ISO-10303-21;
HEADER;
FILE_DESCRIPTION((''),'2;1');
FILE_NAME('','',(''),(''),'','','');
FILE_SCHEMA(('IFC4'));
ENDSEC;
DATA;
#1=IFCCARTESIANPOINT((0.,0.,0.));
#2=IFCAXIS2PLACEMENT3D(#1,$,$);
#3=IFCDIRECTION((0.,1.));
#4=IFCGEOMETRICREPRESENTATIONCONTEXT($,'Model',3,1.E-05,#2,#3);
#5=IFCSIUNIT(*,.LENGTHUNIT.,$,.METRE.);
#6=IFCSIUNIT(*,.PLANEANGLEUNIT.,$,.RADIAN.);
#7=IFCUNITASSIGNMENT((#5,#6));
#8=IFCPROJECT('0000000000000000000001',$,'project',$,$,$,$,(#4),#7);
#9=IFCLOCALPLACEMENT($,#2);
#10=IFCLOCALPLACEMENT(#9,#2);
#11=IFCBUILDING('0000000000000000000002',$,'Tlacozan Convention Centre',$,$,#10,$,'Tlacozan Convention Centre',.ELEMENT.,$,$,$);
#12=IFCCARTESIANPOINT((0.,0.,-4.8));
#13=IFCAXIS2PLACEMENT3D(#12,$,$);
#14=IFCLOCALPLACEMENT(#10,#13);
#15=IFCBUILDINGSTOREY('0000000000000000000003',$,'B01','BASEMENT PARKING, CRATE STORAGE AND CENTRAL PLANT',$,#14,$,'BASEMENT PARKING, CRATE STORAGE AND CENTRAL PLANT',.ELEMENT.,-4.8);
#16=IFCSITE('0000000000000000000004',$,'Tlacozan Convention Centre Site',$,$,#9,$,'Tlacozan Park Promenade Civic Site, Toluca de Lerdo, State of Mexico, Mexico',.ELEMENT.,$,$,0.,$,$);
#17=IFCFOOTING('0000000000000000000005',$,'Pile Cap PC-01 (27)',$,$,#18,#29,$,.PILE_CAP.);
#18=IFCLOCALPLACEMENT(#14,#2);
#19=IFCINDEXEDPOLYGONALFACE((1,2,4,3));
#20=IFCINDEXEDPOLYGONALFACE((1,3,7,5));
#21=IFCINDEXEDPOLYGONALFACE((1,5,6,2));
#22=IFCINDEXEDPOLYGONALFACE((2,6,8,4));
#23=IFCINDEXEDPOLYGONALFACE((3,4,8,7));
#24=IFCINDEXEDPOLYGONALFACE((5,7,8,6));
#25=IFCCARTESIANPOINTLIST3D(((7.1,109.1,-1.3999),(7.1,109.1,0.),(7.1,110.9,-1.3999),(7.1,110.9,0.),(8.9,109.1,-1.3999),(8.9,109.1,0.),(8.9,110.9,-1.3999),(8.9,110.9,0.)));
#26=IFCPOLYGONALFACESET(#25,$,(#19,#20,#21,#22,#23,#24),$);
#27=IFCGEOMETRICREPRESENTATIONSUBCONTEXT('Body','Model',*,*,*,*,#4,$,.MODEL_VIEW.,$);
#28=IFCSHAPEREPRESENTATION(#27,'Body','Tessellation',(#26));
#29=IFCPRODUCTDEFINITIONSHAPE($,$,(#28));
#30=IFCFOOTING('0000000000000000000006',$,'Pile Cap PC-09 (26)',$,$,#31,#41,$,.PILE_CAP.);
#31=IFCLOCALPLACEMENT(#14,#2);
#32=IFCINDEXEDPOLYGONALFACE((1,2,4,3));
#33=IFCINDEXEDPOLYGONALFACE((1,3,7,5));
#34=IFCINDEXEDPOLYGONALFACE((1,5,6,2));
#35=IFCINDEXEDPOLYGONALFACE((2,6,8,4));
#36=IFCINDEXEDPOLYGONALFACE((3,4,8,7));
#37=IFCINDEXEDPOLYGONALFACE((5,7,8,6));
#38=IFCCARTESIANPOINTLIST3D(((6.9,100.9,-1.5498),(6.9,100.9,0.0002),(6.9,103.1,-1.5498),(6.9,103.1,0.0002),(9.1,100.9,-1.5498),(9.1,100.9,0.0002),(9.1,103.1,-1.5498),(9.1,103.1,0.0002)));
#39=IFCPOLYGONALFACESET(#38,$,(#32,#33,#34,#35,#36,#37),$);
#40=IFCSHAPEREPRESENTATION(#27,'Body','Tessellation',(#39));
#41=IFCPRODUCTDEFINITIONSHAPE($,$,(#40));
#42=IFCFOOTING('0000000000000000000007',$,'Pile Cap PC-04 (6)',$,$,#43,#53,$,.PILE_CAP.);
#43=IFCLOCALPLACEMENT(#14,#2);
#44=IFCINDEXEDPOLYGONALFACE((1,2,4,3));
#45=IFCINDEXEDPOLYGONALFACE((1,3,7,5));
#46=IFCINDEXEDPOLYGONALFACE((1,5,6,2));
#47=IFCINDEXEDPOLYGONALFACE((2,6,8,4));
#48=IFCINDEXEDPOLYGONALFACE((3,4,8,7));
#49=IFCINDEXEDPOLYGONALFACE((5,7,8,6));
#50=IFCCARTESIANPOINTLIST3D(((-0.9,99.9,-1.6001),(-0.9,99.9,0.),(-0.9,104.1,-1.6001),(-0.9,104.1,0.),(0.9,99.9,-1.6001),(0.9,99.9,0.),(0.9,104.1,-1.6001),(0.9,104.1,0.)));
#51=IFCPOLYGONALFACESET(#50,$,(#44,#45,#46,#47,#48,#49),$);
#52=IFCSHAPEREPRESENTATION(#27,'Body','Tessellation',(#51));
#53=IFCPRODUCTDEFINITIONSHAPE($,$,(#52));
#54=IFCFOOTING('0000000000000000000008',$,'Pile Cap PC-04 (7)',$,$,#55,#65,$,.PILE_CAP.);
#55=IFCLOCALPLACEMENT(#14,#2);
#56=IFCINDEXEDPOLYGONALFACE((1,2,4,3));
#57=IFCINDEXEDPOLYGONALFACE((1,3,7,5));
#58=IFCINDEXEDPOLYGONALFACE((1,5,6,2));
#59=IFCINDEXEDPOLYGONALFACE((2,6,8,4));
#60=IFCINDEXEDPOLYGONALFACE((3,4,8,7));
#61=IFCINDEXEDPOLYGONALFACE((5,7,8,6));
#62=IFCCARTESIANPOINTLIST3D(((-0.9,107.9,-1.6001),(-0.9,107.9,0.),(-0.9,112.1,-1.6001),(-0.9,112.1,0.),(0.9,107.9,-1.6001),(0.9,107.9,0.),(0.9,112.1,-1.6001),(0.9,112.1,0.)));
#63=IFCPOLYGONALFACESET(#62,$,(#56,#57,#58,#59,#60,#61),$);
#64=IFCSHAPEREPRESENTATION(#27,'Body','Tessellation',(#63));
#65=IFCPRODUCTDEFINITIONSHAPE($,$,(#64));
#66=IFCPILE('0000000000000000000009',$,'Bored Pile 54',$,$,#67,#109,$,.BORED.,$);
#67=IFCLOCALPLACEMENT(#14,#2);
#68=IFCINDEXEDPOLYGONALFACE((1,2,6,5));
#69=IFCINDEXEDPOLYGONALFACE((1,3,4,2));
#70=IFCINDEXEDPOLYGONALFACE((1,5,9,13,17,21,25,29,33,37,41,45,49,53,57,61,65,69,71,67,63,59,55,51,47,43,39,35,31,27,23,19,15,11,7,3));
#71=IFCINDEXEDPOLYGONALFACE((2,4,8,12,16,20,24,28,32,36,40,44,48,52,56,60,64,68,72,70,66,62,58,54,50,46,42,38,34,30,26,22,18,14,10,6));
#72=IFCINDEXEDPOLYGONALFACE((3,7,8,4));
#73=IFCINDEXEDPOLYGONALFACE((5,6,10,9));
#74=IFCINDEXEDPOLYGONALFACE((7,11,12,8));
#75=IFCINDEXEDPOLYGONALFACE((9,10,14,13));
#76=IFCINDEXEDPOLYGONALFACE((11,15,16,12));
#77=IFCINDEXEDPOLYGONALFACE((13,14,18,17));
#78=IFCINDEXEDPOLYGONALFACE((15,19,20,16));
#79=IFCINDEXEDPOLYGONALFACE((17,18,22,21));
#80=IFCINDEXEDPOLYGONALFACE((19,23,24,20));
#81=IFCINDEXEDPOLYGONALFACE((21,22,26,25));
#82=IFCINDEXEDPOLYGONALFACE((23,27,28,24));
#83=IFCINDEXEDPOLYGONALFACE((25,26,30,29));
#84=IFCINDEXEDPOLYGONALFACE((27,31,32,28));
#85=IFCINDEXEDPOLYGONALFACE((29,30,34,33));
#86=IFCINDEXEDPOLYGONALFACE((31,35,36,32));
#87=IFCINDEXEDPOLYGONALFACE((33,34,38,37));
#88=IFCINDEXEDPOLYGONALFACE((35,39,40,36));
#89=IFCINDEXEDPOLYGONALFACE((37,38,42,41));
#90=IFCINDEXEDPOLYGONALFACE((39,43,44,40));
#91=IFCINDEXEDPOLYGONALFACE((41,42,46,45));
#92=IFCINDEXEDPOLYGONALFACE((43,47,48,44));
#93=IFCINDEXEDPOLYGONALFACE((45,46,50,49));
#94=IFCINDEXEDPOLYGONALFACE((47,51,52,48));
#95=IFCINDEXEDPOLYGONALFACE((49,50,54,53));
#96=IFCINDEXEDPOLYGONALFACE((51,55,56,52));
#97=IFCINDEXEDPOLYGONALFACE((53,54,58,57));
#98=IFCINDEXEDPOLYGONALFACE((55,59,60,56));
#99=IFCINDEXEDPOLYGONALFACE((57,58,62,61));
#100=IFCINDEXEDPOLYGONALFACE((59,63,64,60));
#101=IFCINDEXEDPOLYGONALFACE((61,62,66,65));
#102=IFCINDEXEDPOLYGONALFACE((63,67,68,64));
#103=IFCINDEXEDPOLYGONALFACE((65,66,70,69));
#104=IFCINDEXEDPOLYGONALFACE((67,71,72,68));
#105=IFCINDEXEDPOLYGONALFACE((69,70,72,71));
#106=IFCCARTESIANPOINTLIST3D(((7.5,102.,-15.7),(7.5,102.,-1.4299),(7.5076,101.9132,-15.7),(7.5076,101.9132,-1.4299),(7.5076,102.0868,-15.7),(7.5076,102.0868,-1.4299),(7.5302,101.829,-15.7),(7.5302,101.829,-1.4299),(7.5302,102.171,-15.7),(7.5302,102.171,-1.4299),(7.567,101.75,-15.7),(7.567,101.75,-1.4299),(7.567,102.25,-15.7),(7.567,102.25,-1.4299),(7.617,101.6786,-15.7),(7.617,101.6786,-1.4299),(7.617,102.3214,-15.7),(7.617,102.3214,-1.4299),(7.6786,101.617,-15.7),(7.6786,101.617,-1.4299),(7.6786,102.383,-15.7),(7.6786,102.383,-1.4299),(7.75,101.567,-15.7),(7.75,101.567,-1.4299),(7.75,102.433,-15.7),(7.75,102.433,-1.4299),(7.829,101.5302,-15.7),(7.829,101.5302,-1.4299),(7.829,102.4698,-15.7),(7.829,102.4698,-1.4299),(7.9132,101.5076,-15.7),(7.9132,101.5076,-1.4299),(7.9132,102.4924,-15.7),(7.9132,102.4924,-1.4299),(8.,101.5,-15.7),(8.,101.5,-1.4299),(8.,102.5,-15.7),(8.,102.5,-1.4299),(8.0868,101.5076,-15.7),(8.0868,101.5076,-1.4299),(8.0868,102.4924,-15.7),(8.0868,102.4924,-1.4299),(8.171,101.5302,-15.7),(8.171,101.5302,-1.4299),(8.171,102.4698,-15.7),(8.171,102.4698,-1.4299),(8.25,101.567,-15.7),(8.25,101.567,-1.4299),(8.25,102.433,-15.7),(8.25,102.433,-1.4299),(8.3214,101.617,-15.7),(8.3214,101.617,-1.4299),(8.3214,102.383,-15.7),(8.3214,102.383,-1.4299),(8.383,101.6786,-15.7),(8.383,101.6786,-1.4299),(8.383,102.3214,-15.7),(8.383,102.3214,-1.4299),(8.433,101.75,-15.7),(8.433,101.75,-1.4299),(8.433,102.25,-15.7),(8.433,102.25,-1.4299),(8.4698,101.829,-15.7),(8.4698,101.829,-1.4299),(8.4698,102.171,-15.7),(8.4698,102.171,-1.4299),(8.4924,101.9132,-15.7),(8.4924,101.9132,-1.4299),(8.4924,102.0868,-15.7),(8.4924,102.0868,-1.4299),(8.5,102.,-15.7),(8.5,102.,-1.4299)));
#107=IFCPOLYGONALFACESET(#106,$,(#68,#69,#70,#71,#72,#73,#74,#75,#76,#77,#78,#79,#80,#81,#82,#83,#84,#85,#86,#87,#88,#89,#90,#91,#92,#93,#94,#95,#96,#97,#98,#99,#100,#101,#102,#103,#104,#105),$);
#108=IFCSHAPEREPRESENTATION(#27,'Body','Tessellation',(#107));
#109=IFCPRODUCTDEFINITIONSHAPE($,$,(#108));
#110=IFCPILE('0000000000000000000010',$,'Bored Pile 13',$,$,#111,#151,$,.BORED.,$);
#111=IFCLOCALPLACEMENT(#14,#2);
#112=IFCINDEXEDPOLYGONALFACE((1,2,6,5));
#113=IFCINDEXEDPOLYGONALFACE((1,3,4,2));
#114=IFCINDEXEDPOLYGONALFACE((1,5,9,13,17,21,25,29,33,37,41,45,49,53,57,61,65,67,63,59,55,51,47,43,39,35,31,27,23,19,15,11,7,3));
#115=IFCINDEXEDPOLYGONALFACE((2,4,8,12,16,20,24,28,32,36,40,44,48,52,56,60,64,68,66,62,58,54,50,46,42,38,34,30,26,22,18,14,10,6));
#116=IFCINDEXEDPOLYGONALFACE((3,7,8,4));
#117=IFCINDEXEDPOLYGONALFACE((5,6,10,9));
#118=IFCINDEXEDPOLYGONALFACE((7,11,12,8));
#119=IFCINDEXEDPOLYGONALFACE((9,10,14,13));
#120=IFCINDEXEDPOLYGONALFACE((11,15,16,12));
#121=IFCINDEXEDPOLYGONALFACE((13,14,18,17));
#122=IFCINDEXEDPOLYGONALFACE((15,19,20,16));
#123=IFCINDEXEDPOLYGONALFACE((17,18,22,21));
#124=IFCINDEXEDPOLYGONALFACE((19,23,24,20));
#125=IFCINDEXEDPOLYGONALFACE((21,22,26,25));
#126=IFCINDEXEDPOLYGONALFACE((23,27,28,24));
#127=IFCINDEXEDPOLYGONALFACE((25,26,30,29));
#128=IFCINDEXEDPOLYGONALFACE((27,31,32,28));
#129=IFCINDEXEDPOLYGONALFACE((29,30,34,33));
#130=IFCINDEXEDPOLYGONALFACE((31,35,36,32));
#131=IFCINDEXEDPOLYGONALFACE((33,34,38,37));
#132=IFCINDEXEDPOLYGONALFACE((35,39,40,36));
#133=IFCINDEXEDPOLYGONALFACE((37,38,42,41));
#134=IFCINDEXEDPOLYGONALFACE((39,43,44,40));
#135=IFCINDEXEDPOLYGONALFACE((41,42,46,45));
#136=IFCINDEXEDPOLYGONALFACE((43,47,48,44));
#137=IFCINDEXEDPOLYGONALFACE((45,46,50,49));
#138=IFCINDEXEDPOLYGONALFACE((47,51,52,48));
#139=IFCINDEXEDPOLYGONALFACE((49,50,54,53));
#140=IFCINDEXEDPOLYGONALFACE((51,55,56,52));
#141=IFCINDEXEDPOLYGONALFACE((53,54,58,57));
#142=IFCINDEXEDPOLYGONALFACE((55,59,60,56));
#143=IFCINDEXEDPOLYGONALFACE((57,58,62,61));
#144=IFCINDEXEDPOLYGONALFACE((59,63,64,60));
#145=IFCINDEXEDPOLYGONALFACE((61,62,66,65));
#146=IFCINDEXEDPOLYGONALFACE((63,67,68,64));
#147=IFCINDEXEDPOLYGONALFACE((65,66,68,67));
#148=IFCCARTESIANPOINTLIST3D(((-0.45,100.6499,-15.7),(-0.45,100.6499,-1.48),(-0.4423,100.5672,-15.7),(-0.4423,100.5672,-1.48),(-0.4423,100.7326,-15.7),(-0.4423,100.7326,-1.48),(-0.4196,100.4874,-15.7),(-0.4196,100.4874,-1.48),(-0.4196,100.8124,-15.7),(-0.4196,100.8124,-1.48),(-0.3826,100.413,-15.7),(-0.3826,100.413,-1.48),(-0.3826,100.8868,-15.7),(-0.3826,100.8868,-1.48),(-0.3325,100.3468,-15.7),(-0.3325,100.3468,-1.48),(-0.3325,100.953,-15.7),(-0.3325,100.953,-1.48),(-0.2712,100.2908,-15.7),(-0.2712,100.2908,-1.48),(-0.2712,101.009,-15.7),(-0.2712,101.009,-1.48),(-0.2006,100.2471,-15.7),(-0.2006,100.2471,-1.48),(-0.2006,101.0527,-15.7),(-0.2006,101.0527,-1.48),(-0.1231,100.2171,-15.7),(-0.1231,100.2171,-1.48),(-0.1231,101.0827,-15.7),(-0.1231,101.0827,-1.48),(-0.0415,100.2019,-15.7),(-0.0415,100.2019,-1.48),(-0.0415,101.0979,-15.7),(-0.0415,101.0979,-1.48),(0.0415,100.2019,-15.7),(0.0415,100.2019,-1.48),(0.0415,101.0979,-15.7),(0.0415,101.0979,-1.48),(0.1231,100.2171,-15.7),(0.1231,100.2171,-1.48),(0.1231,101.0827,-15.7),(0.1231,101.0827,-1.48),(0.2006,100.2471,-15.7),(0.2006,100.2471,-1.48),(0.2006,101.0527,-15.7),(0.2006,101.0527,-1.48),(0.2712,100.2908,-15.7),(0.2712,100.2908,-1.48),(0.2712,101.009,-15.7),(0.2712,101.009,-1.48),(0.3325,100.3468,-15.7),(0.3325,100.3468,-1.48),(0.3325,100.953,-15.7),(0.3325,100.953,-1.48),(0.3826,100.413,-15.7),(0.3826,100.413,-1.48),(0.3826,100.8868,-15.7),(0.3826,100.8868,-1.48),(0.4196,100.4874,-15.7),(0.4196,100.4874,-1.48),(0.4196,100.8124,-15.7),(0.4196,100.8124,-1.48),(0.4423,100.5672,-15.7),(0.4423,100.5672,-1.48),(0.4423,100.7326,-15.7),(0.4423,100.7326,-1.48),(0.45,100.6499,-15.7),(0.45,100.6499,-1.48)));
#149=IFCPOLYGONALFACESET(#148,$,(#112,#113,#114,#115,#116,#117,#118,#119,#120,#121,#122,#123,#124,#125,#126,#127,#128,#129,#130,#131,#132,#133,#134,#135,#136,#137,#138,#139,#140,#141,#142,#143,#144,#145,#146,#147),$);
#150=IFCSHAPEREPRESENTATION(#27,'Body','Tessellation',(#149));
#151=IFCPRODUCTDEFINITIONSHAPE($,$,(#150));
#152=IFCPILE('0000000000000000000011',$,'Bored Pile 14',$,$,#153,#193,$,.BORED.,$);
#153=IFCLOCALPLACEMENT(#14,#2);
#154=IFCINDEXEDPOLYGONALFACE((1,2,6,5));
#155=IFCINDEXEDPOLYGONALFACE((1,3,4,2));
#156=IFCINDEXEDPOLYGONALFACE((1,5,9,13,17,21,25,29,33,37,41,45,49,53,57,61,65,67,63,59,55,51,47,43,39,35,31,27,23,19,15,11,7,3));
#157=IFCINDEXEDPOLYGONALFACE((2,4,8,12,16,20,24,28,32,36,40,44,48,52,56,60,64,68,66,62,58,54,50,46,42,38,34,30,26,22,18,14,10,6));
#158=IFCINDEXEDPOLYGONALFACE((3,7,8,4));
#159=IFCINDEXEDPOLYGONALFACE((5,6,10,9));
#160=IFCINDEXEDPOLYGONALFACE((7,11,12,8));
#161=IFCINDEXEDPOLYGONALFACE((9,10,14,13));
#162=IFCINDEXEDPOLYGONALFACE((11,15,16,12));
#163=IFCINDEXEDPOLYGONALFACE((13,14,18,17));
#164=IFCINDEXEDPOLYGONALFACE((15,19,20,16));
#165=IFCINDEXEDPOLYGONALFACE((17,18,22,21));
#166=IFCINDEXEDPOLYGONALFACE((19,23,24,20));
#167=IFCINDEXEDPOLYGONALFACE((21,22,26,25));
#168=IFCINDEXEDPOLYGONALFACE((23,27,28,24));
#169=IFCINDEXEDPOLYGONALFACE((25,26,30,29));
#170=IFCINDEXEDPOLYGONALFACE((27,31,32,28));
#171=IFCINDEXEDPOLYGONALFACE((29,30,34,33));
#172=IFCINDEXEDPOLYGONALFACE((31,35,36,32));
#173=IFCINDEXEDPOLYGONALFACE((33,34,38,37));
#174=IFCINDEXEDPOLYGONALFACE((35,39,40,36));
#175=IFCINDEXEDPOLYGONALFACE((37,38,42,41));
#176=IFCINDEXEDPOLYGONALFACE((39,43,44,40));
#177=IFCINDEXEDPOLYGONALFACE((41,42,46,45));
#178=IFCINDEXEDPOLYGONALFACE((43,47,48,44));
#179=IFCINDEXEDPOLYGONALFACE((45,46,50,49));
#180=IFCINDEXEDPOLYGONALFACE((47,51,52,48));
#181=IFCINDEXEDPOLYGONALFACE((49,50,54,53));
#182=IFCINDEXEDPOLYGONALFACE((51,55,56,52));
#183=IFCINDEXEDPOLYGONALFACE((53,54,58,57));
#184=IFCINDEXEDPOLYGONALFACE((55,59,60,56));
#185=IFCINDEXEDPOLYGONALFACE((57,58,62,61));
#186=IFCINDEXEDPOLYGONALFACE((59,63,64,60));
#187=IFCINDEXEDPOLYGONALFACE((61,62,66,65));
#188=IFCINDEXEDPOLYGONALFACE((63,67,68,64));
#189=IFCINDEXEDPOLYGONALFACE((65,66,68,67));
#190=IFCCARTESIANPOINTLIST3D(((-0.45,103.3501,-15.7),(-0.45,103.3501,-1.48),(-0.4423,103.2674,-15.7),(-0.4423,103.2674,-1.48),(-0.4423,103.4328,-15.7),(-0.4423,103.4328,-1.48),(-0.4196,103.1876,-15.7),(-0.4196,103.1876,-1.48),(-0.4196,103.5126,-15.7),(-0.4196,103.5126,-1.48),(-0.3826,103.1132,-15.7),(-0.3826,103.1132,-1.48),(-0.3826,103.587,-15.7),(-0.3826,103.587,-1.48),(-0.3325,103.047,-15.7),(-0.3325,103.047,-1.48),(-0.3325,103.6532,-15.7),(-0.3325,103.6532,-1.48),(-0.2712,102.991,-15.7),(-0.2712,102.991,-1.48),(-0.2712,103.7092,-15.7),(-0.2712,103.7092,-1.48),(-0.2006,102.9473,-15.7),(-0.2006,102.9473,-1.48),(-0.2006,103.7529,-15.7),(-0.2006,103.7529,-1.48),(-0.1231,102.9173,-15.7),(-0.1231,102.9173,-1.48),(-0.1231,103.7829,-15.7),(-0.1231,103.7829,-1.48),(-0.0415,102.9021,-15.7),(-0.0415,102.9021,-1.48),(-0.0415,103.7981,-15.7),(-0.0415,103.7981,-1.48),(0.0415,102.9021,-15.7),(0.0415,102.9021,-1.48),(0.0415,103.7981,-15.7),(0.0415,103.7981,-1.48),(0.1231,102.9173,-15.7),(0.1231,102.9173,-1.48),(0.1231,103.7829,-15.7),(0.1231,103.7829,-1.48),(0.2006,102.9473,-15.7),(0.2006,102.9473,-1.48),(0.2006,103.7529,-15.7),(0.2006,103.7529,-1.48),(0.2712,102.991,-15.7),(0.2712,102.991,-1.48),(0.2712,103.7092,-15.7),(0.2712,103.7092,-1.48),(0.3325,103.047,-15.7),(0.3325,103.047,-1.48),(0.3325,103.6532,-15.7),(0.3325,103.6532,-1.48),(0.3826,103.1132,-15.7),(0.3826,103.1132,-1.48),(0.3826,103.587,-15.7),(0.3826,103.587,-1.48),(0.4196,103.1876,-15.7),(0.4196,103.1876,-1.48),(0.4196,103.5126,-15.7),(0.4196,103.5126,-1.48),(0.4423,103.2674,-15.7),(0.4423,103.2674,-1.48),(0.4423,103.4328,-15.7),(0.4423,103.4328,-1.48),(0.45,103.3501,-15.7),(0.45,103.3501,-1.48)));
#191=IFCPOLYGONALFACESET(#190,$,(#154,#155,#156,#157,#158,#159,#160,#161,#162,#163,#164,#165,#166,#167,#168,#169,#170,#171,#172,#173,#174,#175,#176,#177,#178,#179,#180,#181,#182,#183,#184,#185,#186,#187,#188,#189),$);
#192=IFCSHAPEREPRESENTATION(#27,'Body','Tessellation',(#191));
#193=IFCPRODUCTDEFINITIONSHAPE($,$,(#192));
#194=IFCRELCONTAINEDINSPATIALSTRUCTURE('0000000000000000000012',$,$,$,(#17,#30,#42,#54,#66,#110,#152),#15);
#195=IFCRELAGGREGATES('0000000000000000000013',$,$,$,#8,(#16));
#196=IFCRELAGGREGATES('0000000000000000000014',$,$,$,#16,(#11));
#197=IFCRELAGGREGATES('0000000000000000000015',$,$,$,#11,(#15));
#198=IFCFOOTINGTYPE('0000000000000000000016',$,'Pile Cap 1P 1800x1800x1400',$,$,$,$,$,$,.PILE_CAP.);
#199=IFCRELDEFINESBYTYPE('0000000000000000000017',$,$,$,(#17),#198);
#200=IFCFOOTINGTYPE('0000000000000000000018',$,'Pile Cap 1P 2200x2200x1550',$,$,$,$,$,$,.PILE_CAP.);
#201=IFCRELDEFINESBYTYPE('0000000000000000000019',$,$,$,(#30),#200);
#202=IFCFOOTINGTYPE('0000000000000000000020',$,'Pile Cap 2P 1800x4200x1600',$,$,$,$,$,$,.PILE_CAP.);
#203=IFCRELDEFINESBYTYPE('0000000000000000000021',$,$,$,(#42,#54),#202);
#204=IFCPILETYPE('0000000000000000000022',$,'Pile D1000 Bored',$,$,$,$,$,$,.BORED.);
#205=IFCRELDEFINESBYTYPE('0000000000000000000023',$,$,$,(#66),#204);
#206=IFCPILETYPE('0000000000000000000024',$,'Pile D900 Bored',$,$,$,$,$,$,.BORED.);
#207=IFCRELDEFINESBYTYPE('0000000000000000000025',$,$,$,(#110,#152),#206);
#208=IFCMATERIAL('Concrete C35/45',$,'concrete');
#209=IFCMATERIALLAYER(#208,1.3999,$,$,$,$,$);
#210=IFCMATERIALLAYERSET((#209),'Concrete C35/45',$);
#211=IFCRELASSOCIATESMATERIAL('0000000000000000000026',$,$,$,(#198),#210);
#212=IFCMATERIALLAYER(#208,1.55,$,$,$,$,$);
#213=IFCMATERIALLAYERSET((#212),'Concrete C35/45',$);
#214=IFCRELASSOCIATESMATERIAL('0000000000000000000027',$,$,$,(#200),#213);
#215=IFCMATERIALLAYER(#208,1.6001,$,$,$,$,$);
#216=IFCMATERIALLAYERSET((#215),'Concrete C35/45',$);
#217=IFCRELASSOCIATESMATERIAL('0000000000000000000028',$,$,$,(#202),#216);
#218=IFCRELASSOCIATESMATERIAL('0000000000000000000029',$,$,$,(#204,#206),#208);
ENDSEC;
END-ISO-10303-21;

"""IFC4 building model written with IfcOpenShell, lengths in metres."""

from ifc_helpers import new_model, si_unit, direction, frame, origin, origin_2d, place, context, subcontext, project, spatial, rectangle, circle, extrude, material, layer, layer_set, material_profile, profile_set, type_object, element, save


model = new_model("IFC4")

# Units and contexts
model_context = context("Model", 3, precision=1e-05, world=origin(), true_north=direction((0.0, 1.0)))
body_context = subcontext(model_context, "Body", "Model", "MODEL_VIEW")
ifc_project = project(units=[si_unit("LENGTHUNIT", "METRE"), si_unit("PLANEANGLEUNIT", "RADIAN")], contexts=[model_context])

# Site, building, storey
site_placement = place(None, origin())
site = spatial("IfcSite", under=ifc_project, at=site_placement, Name="Tlacozan Convention Centre Site", LongName="Tlacozan Park Promenade Civic Site, Toluca de Lerdo, State of Mexico, Mexico", CompositionType="ELEMENT", RefElevation=0.0)
building_placement = place(site_placement, origin())
building = spatial("IfcBuilding", under=site, at=building_placement, Name="Tlacozan Convention Centre", LongName="Tlacozan Convention Centre", CompositionType="ELEMENT")
storey_placement = place(building_placement, frame((0.0, 0.0, -4.8)))
storey = spatial("IfcBuildingStorey", under=building, at=storey_placement, Name="B01", Description="BASEMENT PARKING, CRATE STORAGE AND CENTRAL PLANT", LongName="BASEMENT PARKING, CRATE STORAGE AND CENTRAL PLANT", CompositionType="ELEMENT", Elevation=-4.8)

# Footings
ifc_material_1 = material(Name="Concrete C35/45", Category="concrete")
ifc_layer_1 = layer(ifc_material_1, 1.3999)
ifc_layer_set_1 = layer_set([ifc_layer_1], Name="Concrete C35/45")
footing_type_1 = type_object("IfcFootingType", Name="Pile Cap 1P 1800x1800x1400", PredefinedType="PILE_CAP", material=ifc_layer_set_1)
footing_1_placement = place(storey_placement, frame((8.0, 110.0, -1.3999), z_axis=(0.0, 0.0, 1.0), x_axis=(1.0, 0.0, 0.0)))
element("IfcFooting", 1, at=footing_1_placement, inside=storey, type_object=footing_type_1, Name="Pile Cap PC-01 (27)", PredefinedType="PILE_CAP", context=body_context, shape_type="SweptSolid", body=[
    extrude(rectangle(XDim=1.8, YDim=1.8, at=origin_2d()), origin(), (0.0, 0.0, 1.0), 1.3999),
])
ifc_layer_2 = layer(ifc_material_1, 1.55)
ifc_layer_set_2 = layer_set([ifc_layer_2], Name="Concrete C35/45")
footing_type_2 = type_object("IfcFootingType", Name="Pile Cap 1P 2200x2200x1550", PredefinedType="PILE_CAP", material=ifc_layer_set_2)
footing_2_placement = place(storey_placement, frame((8.0, 102.0, -1.5498), z_axis=(0.0, 0.0, 1.0), x_axis=(1.0, 0.0, 0.0)))
element("IfcFooting", 2, at=footing_2_placement, inside=storey, type_object=footing_type_2, Name="Pile Cap PC-09 (26)", PredefinedType="PILE_CAP", context=body_context, shape_type="SweptSolid", body=[
    extrude(rectangle(XDim=2.2, YDim=2.2, at=origin_2d()), origin(), (0.0, 0.0, 1.0), 1.55),
])
ifc_layer_3 = layer(ifc_material_1, 1.6001)
ifc_layer_set_3 = layer_set([ifc_layer_3], Name="Concrete C35/45")
footing_type_3 = type_object("IfcFootingType", Name="Pile Cap 2P 1800x4200x1600", PredefinedType="PILE_CAP", material=ifc_layer_set_3)
for number, where, z_axis, x_axis, name in (
    (3, (0.0, 102.0, -1.6001), (0.0, 0.0, 1.0), (1.0, 0.0, 0.0), "Pile Cap PC-04 (6)"),
    (4, (0.0, 110.0, -1.6001), (0.0, 0.0, 1.0), (1.0, 0.0, 0.0), "Pile Cap PC-04 (7)"),
):
    element("IfcFooting", number, at=place(storey_placement, frame(where, z_axis=z_axis, x_axis=x_axis)), inside=storey, type_object=footing_type_3, Name=name, PredefinedType="PILE_CAP", context=body_context, shape_type="SweptSolid", body=[
        extrude(rectangle(XDim=1.8, YDim=4.2, at=origin_2d()), origin(), (0.0, 0.0, 1.0), 1.6001),
    ])

# Piles
ifc_material_profile_1 = material_profile(ifc_material_1, circle(Radius=0.5, at=origin_2d()), Name="PILE D1000")
ifc_profile_set_1 = profile_set([ifc_material_profile_1], Name="Concrete C35/45")
pile_type_1 = type_object("IfcPileType", Name="Pile D1000 Bored", PredefinedType="BORED", material=ifc_profile_set_1)
pile_1_placement = place(storey_placement, frame((8.0, 102.0, -1.4299), z_axis=(0.0, 0.0, -1.0), x_axis=(1.0, 0.0, 0.0)))
element("IfcPile", 5, at=pile_1_placement, inside=storey, type_object=pile_type_1, Name="Bored Pile 54", PredefinedType="BORED", context=body_context, shape_type="SweptSolid", body=[
    extrude(circle(Radius=0.5, at=origin_2d()), origin(), (0.0, 0.0, 1.0), 14.27),
])
ifc_material_profile_2 = material_profile(ifc_material_1, circle(Radius=0.45, at=origin_2d()), Name="PILE D900")
ifc_profile_set_2 = profile_set([ifc_material_profile_2], Name="Concrete C35/45")
pile_type_2 = type_object("IfcPileType", Name="Pile D900 Bored", PredefinedType="BORED", material=ifc_profile_set_2)
for number, where, z_axis, x_axis, name in (
    (6, (0.0, 100.6499, -1.48), (0.0, 0.0, -1.0), (1.0, 0.0, 0.0), "Bored Pile 13"),
    (7, (0.0, 103.3501, -1.48), (0.0, 0.0, -1.0), (1.0, 0.0, 0.0), "Bored Pile 14"),
):
    element("IfcPile", number, at=place(storey_placement, frame(where, z_axis=z_axis, x_axis=x_axis)), inside=storey, type_object=pile_type_2, Name=name, PredefinedType="BORED", context=body_context, shape_type="SweptSolid", body=[
        extrude(circle(Radius=0.45, at=origin_2d()), origin(), (0.0, 0.0, 1.0), 14.22),
    ])

save(model, "model.ifc")
